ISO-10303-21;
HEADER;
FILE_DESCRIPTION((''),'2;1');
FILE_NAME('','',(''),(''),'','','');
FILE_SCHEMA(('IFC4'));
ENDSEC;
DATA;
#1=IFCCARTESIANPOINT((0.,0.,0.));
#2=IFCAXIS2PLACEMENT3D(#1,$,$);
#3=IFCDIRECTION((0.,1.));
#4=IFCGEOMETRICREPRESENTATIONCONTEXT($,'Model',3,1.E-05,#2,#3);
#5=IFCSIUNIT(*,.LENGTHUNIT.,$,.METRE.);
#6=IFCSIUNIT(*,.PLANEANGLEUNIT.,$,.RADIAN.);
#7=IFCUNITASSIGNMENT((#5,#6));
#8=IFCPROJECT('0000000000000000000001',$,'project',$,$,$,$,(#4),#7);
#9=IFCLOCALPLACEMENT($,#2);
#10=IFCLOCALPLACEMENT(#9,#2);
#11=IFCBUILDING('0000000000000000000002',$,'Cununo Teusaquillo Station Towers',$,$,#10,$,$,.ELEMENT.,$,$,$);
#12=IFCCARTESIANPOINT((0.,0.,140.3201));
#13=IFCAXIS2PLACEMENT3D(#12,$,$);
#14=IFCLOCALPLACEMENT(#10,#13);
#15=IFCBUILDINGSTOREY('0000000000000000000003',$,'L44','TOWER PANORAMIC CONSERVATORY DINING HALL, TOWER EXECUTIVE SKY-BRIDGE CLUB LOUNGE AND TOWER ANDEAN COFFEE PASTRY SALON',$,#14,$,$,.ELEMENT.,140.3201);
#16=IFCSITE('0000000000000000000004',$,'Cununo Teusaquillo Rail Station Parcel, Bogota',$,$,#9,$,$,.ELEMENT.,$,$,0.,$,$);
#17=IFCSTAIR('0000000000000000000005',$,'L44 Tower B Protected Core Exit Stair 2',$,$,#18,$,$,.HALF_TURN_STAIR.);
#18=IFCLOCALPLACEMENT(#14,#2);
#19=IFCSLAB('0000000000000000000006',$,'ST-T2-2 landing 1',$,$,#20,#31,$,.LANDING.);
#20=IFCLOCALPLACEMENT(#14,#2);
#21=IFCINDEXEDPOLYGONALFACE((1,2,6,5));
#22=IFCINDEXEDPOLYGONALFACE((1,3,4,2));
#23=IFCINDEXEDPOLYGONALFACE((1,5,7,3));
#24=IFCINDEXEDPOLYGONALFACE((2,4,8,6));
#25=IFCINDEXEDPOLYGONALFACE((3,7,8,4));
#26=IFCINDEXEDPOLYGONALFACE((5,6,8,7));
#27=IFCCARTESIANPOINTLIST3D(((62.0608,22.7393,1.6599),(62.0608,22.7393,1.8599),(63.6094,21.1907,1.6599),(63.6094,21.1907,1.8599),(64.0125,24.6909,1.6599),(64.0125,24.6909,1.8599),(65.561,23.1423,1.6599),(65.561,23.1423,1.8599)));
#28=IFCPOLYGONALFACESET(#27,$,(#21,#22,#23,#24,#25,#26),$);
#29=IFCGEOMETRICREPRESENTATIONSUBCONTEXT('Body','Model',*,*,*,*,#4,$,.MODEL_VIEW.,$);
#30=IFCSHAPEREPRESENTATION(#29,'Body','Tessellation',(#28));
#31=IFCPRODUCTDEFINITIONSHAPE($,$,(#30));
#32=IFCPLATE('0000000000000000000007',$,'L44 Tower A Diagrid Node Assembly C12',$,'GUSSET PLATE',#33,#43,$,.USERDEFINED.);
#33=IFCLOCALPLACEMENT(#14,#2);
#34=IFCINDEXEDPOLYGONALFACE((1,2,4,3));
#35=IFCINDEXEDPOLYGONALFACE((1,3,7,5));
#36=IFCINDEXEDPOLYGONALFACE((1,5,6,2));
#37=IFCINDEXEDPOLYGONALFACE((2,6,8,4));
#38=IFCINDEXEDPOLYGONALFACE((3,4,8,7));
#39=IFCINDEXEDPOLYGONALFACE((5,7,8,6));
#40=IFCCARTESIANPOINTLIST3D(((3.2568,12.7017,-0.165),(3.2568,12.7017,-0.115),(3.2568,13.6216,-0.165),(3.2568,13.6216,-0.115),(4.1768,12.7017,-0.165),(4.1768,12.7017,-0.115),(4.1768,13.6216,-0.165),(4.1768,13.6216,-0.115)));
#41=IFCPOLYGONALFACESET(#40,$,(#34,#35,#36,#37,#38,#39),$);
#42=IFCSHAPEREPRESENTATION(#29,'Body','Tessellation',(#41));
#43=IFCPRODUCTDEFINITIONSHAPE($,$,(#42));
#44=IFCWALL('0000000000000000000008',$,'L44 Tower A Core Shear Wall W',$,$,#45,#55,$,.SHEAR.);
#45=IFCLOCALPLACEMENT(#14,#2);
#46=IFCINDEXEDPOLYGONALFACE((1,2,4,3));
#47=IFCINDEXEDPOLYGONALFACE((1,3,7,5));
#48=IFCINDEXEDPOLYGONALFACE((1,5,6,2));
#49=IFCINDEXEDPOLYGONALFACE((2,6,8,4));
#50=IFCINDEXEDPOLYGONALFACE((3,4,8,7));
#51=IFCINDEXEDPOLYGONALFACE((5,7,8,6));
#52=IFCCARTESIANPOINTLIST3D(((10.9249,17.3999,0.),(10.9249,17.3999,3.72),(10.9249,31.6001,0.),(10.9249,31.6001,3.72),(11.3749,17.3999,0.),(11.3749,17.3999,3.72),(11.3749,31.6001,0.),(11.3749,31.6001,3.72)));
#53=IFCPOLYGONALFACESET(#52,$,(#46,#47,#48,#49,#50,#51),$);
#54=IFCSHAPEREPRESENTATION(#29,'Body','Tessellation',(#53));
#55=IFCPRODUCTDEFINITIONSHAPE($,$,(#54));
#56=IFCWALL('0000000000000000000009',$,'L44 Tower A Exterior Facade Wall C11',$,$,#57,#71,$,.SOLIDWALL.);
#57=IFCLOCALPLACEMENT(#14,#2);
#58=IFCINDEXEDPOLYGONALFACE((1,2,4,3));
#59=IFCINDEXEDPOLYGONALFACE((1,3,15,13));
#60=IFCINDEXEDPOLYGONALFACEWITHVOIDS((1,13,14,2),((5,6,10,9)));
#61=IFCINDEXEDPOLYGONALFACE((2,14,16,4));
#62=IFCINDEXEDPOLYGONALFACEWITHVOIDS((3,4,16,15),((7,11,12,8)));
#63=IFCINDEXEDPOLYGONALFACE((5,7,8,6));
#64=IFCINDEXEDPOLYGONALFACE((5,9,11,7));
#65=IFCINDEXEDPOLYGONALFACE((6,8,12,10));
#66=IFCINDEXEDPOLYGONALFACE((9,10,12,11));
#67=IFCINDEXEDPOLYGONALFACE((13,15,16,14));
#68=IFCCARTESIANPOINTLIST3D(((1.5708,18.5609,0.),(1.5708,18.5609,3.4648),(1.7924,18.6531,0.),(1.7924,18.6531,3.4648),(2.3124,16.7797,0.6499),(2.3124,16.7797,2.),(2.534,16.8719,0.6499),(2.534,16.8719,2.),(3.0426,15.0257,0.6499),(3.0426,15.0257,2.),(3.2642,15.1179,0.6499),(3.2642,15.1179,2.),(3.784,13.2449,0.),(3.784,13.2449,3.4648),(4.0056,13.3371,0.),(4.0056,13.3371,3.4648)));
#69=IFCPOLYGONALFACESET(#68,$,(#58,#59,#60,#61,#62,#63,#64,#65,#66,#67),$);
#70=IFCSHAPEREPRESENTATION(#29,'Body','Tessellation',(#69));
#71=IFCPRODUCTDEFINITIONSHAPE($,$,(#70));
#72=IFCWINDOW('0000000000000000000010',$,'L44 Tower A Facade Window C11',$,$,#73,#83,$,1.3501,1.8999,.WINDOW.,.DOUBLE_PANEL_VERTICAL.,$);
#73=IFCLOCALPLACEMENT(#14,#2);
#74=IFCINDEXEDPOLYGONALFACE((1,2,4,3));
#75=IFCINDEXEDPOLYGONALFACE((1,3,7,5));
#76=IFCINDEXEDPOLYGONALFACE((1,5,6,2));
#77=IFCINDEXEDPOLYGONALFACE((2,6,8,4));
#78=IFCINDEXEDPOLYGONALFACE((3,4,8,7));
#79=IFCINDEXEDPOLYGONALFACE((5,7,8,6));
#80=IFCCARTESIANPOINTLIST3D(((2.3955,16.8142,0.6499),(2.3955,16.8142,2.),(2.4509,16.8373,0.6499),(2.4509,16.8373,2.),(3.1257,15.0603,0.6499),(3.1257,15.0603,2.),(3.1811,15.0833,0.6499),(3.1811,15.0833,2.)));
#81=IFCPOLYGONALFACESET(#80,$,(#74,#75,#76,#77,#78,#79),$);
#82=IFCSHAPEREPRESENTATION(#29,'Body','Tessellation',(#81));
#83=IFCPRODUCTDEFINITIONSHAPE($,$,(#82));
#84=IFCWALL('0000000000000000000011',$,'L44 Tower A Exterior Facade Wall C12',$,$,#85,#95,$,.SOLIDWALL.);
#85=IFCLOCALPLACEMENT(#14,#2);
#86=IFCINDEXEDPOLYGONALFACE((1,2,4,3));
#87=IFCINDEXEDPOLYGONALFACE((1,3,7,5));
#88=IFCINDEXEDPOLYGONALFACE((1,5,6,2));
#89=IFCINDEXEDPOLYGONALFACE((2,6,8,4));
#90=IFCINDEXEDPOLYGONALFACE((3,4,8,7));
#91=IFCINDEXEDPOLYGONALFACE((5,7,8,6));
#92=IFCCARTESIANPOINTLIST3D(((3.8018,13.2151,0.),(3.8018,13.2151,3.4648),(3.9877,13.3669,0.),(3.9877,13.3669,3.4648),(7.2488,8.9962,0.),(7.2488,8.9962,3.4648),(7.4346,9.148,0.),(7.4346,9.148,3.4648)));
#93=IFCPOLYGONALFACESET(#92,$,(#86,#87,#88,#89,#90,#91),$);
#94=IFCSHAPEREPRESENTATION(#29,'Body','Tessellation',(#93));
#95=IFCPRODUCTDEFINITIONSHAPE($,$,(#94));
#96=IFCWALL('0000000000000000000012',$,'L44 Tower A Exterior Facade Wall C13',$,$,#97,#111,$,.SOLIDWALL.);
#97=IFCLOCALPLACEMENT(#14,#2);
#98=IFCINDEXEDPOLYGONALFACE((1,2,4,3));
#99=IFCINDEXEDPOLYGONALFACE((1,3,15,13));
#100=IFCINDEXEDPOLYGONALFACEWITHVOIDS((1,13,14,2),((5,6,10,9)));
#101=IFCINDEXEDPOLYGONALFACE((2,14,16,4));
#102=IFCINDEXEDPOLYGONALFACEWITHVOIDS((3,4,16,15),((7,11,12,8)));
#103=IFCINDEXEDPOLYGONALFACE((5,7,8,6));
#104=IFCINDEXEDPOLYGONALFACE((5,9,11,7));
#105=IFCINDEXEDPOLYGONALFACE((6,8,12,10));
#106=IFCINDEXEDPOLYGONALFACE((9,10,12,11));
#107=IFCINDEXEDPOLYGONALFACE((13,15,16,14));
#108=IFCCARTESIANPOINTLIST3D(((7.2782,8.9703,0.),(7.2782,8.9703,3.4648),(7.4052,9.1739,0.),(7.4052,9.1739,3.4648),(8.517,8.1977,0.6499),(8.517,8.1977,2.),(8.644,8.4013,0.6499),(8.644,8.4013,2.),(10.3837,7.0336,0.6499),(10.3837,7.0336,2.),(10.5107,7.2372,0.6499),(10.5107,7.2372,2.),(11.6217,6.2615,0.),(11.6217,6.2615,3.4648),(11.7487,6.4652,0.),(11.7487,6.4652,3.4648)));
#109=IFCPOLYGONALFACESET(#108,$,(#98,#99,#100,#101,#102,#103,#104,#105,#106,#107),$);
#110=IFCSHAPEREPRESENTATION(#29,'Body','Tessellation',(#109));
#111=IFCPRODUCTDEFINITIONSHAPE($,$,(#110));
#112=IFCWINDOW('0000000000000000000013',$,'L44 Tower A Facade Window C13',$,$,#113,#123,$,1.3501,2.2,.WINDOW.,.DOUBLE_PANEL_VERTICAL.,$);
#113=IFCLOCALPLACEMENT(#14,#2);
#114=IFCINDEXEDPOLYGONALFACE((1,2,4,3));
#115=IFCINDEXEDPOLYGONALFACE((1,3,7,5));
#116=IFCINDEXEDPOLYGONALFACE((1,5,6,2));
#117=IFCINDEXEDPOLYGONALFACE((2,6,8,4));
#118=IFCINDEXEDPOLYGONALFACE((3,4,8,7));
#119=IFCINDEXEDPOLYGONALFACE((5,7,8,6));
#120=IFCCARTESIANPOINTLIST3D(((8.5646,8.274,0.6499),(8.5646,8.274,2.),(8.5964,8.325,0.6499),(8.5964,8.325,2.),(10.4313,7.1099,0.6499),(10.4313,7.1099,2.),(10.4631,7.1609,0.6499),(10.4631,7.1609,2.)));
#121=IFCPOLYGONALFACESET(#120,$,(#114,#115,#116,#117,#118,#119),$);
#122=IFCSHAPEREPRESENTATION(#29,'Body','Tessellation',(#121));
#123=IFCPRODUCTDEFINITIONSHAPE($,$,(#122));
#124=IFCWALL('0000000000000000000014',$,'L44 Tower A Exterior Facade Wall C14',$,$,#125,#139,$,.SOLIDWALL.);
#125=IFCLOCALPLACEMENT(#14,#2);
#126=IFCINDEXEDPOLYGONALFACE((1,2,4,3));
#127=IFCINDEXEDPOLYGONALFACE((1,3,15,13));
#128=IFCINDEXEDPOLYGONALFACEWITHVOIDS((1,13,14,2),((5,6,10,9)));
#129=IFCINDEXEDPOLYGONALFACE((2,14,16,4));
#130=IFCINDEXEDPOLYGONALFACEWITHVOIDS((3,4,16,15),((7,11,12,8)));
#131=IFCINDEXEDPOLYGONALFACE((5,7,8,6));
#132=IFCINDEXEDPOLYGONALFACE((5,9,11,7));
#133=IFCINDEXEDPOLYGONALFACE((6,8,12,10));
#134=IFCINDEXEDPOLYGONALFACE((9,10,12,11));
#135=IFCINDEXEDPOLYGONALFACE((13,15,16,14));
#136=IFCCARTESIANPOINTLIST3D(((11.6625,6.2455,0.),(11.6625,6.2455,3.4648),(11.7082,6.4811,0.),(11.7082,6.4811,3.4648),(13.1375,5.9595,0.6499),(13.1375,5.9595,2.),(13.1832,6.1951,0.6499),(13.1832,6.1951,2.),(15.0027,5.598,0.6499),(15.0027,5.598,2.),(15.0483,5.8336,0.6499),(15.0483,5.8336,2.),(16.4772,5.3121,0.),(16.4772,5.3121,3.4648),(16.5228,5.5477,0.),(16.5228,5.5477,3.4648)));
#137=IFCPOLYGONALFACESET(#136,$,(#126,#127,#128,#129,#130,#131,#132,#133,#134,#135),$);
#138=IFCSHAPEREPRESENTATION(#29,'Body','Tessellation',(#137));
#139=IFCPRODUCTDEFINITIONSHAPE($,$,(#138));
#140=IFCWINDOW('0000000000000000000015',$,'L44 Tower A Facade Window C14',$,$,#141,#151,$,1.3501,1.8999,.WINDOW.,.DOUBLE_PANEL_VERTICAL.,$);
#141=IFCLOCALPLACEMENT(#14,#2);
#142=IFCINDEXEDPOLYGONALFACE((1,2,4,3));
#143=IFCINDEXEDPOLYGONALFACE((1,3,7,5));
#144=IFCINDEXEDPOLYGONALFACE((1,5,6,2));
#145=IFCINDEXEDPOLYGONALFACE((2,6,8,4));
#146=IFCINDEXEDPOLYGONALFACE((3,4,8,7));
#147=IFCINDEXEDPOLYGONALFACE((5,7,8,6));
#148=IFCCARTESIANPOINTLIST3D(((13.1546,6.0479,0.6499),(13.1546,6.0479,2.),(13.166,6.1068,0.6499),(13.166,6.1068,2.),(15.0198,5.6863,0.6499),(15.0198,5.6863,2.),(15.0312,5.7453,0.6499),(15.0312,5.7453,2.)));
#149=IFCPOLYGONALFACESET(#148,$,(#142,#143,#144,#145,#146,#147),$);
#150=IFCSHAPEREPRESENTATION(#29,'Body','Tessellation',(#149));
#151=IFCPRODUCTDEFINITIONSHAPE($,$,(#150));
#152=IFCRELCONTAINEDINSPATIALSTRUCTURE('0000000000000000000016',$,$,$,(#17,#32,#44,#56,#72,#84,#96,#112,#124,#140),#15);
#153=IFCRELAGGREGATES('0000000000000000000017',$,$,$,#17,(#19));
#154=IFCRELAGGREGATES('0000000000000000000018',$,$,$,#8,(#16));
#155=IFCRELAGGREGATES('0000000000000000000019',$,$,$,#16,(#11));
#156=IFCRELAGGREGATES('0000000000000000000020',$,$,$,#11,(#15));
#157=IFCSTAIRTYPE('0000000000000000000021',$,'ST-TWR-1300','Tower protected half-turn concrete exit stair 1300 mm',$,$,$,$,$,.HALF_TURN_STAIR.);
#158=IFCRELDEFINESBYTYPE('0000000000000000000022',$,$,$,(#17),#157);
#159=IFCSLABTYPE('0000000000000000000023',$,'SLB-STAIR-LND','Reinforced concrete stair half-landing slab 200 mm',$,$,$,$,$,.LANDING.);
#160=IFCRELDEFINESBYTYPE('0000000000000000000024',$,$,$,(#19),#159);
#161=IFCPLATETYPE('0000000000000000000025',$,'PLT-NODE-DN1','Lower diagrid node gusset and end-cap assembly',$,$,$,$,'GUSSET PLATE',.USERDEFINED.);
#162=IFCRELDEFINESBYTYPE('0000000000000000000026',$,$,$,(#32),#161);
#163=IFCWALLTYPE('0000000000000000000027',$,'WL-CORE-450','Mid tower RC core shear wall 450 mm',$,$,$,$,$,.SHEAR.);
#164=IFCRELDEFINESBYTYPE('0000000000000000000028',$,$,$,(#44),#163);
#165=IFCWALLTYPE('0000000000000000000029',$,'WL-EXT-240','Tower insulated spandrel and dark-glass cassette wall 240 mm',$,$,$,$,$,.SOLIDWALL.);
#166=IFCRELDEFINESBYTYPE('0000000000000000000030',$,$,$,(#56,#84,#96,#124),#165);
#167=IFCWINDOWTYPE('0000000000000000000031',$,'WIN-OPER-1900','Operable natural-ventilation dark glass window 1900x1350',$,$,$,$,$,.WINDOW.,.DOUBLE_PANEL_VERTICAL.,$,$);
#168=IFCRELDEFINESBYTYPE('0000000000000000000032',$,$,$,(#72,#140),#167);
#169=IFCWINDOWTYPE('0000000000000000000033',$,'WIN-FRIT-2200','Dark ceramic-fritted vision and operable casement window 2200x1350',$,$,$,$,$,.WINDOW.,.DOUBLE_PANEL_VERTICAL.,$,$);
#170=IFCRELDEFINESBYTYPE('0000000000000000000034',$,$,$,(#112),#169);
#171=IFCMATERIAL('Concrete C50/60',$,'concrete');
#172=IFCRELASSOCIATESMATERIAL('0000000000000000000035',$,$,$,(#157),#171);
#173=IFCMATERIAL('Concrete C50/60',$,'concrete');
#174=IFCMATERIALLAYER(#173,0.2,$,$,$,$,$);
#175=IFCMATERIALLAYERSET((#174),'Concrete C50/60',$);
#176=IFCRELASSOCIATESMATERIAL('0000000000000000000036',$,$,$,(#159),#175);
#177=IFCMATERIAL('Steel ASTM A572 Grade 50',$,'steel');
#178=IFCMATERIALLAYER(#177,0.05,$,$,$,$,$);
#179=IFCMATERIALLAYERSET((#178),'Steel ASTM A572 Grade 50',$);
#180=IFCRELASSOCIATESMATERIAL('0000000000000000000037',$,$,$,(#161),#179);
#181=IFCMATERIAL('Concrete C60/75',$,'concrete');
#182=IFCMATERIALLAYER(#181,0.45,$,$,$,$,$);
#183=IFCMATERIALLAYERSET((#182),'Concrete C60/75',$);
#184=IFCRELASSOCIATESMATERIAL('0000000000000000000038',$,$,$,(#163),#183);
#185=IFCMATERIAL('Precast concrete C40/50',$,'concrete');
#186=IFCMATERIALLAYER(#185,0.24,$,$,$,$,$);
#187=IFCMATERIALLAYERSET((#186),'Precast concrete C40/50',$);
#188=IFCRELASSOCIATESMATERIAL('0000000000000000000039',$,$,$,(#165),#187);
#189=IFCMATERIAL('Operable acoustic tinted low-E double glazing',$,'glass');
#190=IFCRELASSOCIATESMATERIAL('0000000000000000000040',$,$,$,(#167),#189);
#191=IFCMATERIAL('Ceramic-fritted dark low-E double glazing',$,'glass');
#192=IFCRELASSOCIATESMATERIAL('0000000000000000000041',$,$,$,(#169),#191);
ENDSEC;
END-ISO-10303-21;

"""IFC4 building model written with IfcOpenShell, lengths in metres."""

from ifc_helpers import new_model, si_unit, direction, frame, frame_2d, origin, origin_2d, place, context, subcontext, project, spatial, polyline, rectangle, outline, extrude, source, transform, mapped, material, layer, layer_set, type_object, element, fill, aggregate, save


model = new_model("IFC4")

# Units and contexts
model_context = context("Model", 3, precision=1e-05, world=origin(), true_north=direction((0.0, 1.0)))
body_context = subcontext(model_context, "Body", "Model", "MODEL_VIEW")
ifc_project = project(units=[si_unit("LENGTHUNIT", "METRE"), si_unit("PLANEANGLEUNIT", "RADIAN")], contexts=[model_context])

# Site, building, storey
site_placement = place(None, origin())
site = spatial("IfcSite", under=ifc_project, at=site_placement, Name="Cununo Teusaquillo Rail Station Parcel, Bogota", CompositionType="ELEMENT", RefElevation=0.0)
building_placement = place(site_placement, origin())
building = spatial("IfcBuilding", under=site, at=building_placement, Name="Cununo Teusaquillo Station Towers", CompositionType="ELEMENT")
storey_placement = place(building_placement, frame((0.0, 0.0, 140.3201)))
storey = spatial("IfcBuildingStorey", under=building, at=storey_placement, Name="L44", Description="TOWER PANORAMIC CONSERVATORY DINING HALL, TOWER EXECUTIVE SKY-BRIDGE CLUB LOUNGE AND TOWER ANDEAN COFFEE PASTRY SALON", CompositionType="ELEMENT", Elevation=140.3201)

# Stair, slab
ifc_material_1 = material(Name="Concrete C50/60", Category="concrete")
stair_type = type_object("IfcStairType", Name="ST-TWR-1300", Description="Tower protected half-turn concrete exit stair 1300 mm", PredefinedType="HALF_TURN_STAIR", material=ifc_material_1)
ifc_material_2 = material(Name="Concrete C50/60", Category="concrete")
ifc_layer_1 = layer(ifc_material_2, 0.2)
ifc_layer_set_1 = layer_set([ifc_layer_1], Name="Concrete C50/60")
slab_type_1 = type_object("IfcSlabType", Name="SLB-STAIR-LND", Description="Reinforced concrete stair half-landing slab 200 mm", PredefinedType="LANDING", material=ifc_layer_set_1)
stair_1_placement = place(storey_placement, origin())
stair_1 = element("IfcStair", 1, at=stair_1_placement, inside=storey, type_object=stair_type, Name="L44 Tower B Protected Core Exit Stair 2", PredefinedType="HALF_TURN_STAIR")
slab_1_placement = place(storey_placement, frame((0.0, 0.0, 1.6599)))
slab_1 = element("IfcSlab", 2, at=slab_1_placement, type_object=slab_type_1, Name="ST-T2-2 landing 1", PredefinedType="LANDING", context=body_context, shape_type="SweptSolid", body=[
    extrude(outline(polyline([(62.0608, 22.7393), (63.6094, 21.1907), (65.561, 23.1423), (64.0125, 24.6909), (62.0608, 22.7393)])), origin(), (0.0, 0.0, 1.0), 0.2),
])
aggregate(stair_1, [slab_1])

# Plate
ifc_material_3 = material(Name="Steel ASTM A572 Grade 50", Category="steel")
ifc_layer_2 = layer(ifc_material_3, 0.05)
ifc_layer_set_2 = layer_set([ifc_layer_2], Name="Steel ASTM A572 Grade 50")
plate_type = type_object("IfcPlateType", Name="PLT-NODE-DN1", Description="Lower diagrid node gusset and end-cap assembly", ElementType="GUSSET PLATE", PredefinedType="USERDEFINED", material=ifc_layer_set_2)
shared_shape_1 = source(origin(), body_context, "Body", "SweptSolid", [
    extrude(rectangle(XDim=0.9199, YDim=0.9199, at=origin_2d()), origin(), (0.0, 0.0, 1.0), 0.05),
])
plate_placement = place(storey_placement, frame((3.7168, 13.1616, -0.165), z_axis=(0.0, 0.0, 1.0), x_axis=(1.0, 0.0, 0.0)))
element("IfcPlate", 3, at=plate_placement, inside=storey, type_object=plate_type, Name="L44 Tower A Diagrid Node Assembly C12", ObjectType="GUSSET PLATE", PredefinedType="USERDEFINED", context=body_context, shape_type="MappedRepresentation", body=[
    mapped(shared_shape_1, transform((0.0, 0.0, 0.0), x_axis=(1.0, 0.0, 0.0), y_axis=(0.0, 1.0, 0.0), z_axis=(0.0, 0.0, 1.0), scale=1.0)),
])

# Wall
ifc_material_4 = material(Name="Concrete C60/75", Category="concrete")
ifc_layer_3 = layer(ifc_material_4, 0.45)
ifc_layer_set_3 = layer_set([ifc_layer_3], Name="Concrete C60/75")
wall_type_1 = type_object("IfcWallType", Name="WL-CORE-450", Description="Mid tower RC core shear wall 450 mm", PredefinedType="SHEAR", material=ifc_layer_set_3)
wall_1_placement = place(storey_placement, frame((11.1499, 17.3999, 0.0), z_axis=(0.0, 0.0, 1.0), x_axis=(0.0, 1.0, 0.0)))
element("IfcWall", 4, at=wall_1_placement, inside=storey, type_object=wall_type_1, Name="L44 Tower A Core Shear Wall W", PredefinedType="SHEAR", context=body_context, shape_type="SweptSolid", body=[
    extrude(rectangle(XDim=14.2002, YDim=0.45, at=frame_2d((7.1001, 0.0))), origin(), (0.0, 0.0, 1.0), 3.72),
])

# Wall, opening, window
ifc_material_5 = material(Name="Precast concrete C40/50", Category="concrete")
ifc_layer_4 = layer(ifc_material_5, 0.24)
ifc_layer_set_4 = layer_set([ifc_layer_4], Name="Precast concrete C40/50")
wall_type_2 = type_object("IfcWallType", Name="WL-EXT-240", Description="Tower insulated spandrel and dark-glass cassette wall 240 mm", PredefinedType="SOLIDWALL", material=ifc_layer_set_4)
wall_2_placement = place(storey_placement, frame((3.8948, 13.291, 0.0), z_axis=(0.0, 0.0, 1.0), x_axis=(-0.384344, 0.92319, 0.0)))
wall_2 = element("IfcWall", 5, at=wall_2_placement, inside=storey, type_object=wall_type_2, Name="L44 Tower A Exterior Facade Wall C11", PredefinedType="SOLIDWALL", context=body_context, shape_type="SweptSolid", body=[
    extrude(rectangle(XDim=5.7583, YDim=0.24, at=frame_2d((2.8792, 0.0))), origin(), (0.0, 0.0, 1.0), 3.4648),
])
shared_shape_2 = source(origin(), body_context, "Body", "SweptSolid", [
    extrude(rectangle(XDim=1.8999, YDim=1.3501, at=frame_2d((0.95, 0.675))), frame((0.0, 0.1299, 0.0), z_axis=(0.0, -1.0, 0.0), x_axis=(1.0, 0.0, 0.0)), (0.0, 0.0, 1.0), 0.26),
])
opening_1_placement = place(wall_2_placement, frame((1.929, 0.0, 0.6499)))
opening_1 = element("IfcOpeningElement", 6, at=opening_1_placement, cuts=wall_2, PredefinedType="OPENING", context=body_context, shape_type="MappedRepresentation", body=[
    mapped(shared_shape_2, transform((0.0, 0.0, 0.0), x_axis=(1.0, 0.0, 0.0), y_axis=(0.0, 1.0, 0.0), z_axis=(0.0, 0.0, 1.0), scale=1.0)),
])
ifc_material_6 = material(Name="Operable acoustic tinted low-E double glazing", Category="glass")
window_type_1 = type_object("IfcWindowType", Name="WIN-OPER-1900", Description="Operable natural-ventilation dark glass window 1900x1350", PartitioningType="DOUBLE_PANEL_VERTICAL", PredefinedType="WINDOW", material=ifc_material_6)
shared_shape_3 = source(origin(), body_context, "Body", "SweptSolid", [
    extrude(rectangle(XDim=1.8999, YDim=1.3501, at=frame_2d((0.95, 0.675))), frame((0.0, 0.03, 0.0), z_axis=(0.0, -1.0, 0.0), x_axis=(1.0, 0.0, 0.0)), (0.0, 0.0, 1.0), 0.0601),
])
window_1_placement = place(opening_1_placement, origin())
window_1 = element("IfcWindow", 7, at=window_1_placement, inside=storey, type_object=window_type_1, Name="L44 Tower A Facade Window C11", OverallHeight=1.3501, OverallWidth=1.8999, PartitioningType="DOUBLE_PANEL_VERTICAL", PredefinedType="WINDOW", context=body_context, shape_type="MappedRepresentation", body=[
    mapped(shared_shape_3, transform((0.0, 0.0, 0.0), x_axis=(1.0, 0.0, 0.0), y_axis=(0.0, 1.0, 0.0), z_axis=(0.0, 0.0, 1.0), scale=1.0)),
])
fill(opening_1, window_1)

# Wall
wall_3_placement = place(storey_placement, frame((7.3418, 9.072, 0.0), z_axis=(0.0, 0.0, 1.0), x_axis=(-0.632701, 0.774396, 0.0)))
element("IfcWall", 8, at=wall_3_placement, inside=storey, type_object=wall_type_2, Name="L44 Tower A Exterior Facade Wall C12", PredefinedType="SOLIDWALL", context=body_context, shape_type="SweptSolid", body=[
    extrude(rectangle(XDim=5.448, YDim=0.24, at=frame_2d((2.7241, 0.0))), origin(), (0.0, 0.0, 1.0), 3.4648),
])

# Walls, openings, windows
wall_4_placement = place(storey_placement, frame((11.6853, 6.3633, 0.0), z_axis=(0.0, 0.0, 1.0), x_axis=(-0.84852, 0.529163, 0.0)))
wall_4 = element("IfcWall", 9, at=wall_4_placement, inside=storey, type_object=wall_type_2, Name="L44 Tower A Exterior Facade Wall C13", PredefinedType="SOLIDWALL", context=body_context, shape_type="SweptSolid", body=[
    extrude(rectangle(XDim=5.1189, YDim=0.24, at=frame_2d((2.5596, 0.0))), origin(), (0.0, 0.0, 1.0), 3.4648),
])
shared_shape_4 = source(origin(), body_context, "Body", "SweptSolid", [
    extrude(rectangle(XDim=2.2, YDim=1.3501, at=frame_2d((1.1001, 0.675))), frame((0.0, 0.1299, 0.0), z_axis=(0.0, -1.0, 0.0), x_axis=(1.0, 0.0, 0.0)), (0.0, 0.0, 1.0), 0.26),
])
opening_2_placement = place(wall_4_placement, frame((1.459, 0.0, 0.6499)))
opening_2 = element("IfcOpeningElement", 10, at=opening_2_placement, cuts=wall_4, PredefinedType="OPENING", context=body_context, shape_type="MappedRepresentation", body=[
    mapped(shared_shape_4, transform((0.0, 0.0, 0.0), x_axis=(1.0, 0.0, 0.0), y_axis=(0.0, 1.0, 0.0), z_axis=(0.0, 0.0, 1.0), scale=1.0)),
])
ifc_material_7 = material(Name="Ceramic-fritted dark low-E double glazing", Category="glass")
window_type_2 = type_object("IfcWindowType", Name="WIN-FRIT-2200", Description="Dark ceramic-fritted vision and operable casement window 2200x1350", PartitioningType="DOUBLE_PANEL_VERTICAL", PredefinedType="WINDOW", material=ifc_material_7)
shared_shape_5 = source(origin(), body_context, "Body", "SweptSolid", [
    extrude(rectangle(XDim=2.2, YDim=1.3501, at=frame_2d((1.1001, 0.675))), frame((0.0, 0.03, 0.0), z_axis=(0.0, -1.0, 0.0), x_axis=(1.0, 0.0, 0.0)), (0.0, 0.0, 1.0), 0.0601),
])
window_2_placement = place(opening_2_placement, origin())
window_2 = element("IfcWindow", 11, at=window_2_placement, inside=storey, type_object=window_type_2, Name="L44 Tower A Facade Window C13", OverallHeight=1.3501, OverallWidth=2.2, PartitioningType="DOUBLE_PANEL_VERTICAL", PredefinedType="WINDOW", context=body_context, shape_type="MappedRepresentation", body=[
    mapped(shared_shape_5, transform((0.0, 0.0, 0.0), x_axis=(1.0, 0.0, 0.0), y_axis=(0.0, 1.0, 0.0), z_axis=(0.0, 0.0, 1.0), scale=1.0)),
])
fill(opening_2, window_2)
wall_5_placement = place(storey_placement, frame((16.5, 5.4299, 0.0), z_axis=(0.0, 0.0, 1.0), x_axis=(-0.981724, 0.190311, 0.0)))
wall_5 = element("IfcWall", 12, at=wall_5_placement, inside=storey, type_object=wall_type_2, Name="L44 Tower A Exterior Facade Wall C14", PredefinedType="SOLIDWALL", context=body_context, shape_type="SweptSolid", body=[
    extrude(rectangle(XDim=4.9043, YDim=0.24, at=frame_2d((2.4521, 0.0))), origin(), (0.0, 0.0, 1.0), 3.4648),
])
opening_3_placement = place(wall_5_placement, frame((1.502, 0.0, 0.6499)))
opening_3 = element("IfcOpeningElement", 13, at=opening_3_placement, cuts=wall_5, PredefinedType="OPENING", context=body_context, shape_type="MappedRepresentation", body=[
    mapped(shared_shape_2, transform((0.0, 0.0, 0.0), x_axis=(1.0, 0.0, 0.0), y_axis=(0.0, 1.0, 0.0), z_axis=(0.0, 0.0, 1.0), scale=1.0)),
])
window_3_placement = place(opening_3_placement, origin())
window_3 = element("IfcWindow", 14, at=window_3_placement, inside=storey, type_object=window_type_1, Name="L44 Tower A Facade Window C14", OverallHeight=1.3501, OverallWidth=1.8999, PartitioningType="DOUBLE_PANEL_VERTICAL", PredefinedType="WINDOW", context=body_context, shape_type="MappedRepresentation", body=[
    mapped(shared_shape_3, transform((0.0, 0.0, 0.0), x_axis=(1.0, 0.0, 0.0), y_axis=(0.0, 1.0, 0.0), z_axis=(0.0, 0.0, 1.0), scale=1.0)),
])
fill(opening_3, window_3)

save(model, "model.ifc")
